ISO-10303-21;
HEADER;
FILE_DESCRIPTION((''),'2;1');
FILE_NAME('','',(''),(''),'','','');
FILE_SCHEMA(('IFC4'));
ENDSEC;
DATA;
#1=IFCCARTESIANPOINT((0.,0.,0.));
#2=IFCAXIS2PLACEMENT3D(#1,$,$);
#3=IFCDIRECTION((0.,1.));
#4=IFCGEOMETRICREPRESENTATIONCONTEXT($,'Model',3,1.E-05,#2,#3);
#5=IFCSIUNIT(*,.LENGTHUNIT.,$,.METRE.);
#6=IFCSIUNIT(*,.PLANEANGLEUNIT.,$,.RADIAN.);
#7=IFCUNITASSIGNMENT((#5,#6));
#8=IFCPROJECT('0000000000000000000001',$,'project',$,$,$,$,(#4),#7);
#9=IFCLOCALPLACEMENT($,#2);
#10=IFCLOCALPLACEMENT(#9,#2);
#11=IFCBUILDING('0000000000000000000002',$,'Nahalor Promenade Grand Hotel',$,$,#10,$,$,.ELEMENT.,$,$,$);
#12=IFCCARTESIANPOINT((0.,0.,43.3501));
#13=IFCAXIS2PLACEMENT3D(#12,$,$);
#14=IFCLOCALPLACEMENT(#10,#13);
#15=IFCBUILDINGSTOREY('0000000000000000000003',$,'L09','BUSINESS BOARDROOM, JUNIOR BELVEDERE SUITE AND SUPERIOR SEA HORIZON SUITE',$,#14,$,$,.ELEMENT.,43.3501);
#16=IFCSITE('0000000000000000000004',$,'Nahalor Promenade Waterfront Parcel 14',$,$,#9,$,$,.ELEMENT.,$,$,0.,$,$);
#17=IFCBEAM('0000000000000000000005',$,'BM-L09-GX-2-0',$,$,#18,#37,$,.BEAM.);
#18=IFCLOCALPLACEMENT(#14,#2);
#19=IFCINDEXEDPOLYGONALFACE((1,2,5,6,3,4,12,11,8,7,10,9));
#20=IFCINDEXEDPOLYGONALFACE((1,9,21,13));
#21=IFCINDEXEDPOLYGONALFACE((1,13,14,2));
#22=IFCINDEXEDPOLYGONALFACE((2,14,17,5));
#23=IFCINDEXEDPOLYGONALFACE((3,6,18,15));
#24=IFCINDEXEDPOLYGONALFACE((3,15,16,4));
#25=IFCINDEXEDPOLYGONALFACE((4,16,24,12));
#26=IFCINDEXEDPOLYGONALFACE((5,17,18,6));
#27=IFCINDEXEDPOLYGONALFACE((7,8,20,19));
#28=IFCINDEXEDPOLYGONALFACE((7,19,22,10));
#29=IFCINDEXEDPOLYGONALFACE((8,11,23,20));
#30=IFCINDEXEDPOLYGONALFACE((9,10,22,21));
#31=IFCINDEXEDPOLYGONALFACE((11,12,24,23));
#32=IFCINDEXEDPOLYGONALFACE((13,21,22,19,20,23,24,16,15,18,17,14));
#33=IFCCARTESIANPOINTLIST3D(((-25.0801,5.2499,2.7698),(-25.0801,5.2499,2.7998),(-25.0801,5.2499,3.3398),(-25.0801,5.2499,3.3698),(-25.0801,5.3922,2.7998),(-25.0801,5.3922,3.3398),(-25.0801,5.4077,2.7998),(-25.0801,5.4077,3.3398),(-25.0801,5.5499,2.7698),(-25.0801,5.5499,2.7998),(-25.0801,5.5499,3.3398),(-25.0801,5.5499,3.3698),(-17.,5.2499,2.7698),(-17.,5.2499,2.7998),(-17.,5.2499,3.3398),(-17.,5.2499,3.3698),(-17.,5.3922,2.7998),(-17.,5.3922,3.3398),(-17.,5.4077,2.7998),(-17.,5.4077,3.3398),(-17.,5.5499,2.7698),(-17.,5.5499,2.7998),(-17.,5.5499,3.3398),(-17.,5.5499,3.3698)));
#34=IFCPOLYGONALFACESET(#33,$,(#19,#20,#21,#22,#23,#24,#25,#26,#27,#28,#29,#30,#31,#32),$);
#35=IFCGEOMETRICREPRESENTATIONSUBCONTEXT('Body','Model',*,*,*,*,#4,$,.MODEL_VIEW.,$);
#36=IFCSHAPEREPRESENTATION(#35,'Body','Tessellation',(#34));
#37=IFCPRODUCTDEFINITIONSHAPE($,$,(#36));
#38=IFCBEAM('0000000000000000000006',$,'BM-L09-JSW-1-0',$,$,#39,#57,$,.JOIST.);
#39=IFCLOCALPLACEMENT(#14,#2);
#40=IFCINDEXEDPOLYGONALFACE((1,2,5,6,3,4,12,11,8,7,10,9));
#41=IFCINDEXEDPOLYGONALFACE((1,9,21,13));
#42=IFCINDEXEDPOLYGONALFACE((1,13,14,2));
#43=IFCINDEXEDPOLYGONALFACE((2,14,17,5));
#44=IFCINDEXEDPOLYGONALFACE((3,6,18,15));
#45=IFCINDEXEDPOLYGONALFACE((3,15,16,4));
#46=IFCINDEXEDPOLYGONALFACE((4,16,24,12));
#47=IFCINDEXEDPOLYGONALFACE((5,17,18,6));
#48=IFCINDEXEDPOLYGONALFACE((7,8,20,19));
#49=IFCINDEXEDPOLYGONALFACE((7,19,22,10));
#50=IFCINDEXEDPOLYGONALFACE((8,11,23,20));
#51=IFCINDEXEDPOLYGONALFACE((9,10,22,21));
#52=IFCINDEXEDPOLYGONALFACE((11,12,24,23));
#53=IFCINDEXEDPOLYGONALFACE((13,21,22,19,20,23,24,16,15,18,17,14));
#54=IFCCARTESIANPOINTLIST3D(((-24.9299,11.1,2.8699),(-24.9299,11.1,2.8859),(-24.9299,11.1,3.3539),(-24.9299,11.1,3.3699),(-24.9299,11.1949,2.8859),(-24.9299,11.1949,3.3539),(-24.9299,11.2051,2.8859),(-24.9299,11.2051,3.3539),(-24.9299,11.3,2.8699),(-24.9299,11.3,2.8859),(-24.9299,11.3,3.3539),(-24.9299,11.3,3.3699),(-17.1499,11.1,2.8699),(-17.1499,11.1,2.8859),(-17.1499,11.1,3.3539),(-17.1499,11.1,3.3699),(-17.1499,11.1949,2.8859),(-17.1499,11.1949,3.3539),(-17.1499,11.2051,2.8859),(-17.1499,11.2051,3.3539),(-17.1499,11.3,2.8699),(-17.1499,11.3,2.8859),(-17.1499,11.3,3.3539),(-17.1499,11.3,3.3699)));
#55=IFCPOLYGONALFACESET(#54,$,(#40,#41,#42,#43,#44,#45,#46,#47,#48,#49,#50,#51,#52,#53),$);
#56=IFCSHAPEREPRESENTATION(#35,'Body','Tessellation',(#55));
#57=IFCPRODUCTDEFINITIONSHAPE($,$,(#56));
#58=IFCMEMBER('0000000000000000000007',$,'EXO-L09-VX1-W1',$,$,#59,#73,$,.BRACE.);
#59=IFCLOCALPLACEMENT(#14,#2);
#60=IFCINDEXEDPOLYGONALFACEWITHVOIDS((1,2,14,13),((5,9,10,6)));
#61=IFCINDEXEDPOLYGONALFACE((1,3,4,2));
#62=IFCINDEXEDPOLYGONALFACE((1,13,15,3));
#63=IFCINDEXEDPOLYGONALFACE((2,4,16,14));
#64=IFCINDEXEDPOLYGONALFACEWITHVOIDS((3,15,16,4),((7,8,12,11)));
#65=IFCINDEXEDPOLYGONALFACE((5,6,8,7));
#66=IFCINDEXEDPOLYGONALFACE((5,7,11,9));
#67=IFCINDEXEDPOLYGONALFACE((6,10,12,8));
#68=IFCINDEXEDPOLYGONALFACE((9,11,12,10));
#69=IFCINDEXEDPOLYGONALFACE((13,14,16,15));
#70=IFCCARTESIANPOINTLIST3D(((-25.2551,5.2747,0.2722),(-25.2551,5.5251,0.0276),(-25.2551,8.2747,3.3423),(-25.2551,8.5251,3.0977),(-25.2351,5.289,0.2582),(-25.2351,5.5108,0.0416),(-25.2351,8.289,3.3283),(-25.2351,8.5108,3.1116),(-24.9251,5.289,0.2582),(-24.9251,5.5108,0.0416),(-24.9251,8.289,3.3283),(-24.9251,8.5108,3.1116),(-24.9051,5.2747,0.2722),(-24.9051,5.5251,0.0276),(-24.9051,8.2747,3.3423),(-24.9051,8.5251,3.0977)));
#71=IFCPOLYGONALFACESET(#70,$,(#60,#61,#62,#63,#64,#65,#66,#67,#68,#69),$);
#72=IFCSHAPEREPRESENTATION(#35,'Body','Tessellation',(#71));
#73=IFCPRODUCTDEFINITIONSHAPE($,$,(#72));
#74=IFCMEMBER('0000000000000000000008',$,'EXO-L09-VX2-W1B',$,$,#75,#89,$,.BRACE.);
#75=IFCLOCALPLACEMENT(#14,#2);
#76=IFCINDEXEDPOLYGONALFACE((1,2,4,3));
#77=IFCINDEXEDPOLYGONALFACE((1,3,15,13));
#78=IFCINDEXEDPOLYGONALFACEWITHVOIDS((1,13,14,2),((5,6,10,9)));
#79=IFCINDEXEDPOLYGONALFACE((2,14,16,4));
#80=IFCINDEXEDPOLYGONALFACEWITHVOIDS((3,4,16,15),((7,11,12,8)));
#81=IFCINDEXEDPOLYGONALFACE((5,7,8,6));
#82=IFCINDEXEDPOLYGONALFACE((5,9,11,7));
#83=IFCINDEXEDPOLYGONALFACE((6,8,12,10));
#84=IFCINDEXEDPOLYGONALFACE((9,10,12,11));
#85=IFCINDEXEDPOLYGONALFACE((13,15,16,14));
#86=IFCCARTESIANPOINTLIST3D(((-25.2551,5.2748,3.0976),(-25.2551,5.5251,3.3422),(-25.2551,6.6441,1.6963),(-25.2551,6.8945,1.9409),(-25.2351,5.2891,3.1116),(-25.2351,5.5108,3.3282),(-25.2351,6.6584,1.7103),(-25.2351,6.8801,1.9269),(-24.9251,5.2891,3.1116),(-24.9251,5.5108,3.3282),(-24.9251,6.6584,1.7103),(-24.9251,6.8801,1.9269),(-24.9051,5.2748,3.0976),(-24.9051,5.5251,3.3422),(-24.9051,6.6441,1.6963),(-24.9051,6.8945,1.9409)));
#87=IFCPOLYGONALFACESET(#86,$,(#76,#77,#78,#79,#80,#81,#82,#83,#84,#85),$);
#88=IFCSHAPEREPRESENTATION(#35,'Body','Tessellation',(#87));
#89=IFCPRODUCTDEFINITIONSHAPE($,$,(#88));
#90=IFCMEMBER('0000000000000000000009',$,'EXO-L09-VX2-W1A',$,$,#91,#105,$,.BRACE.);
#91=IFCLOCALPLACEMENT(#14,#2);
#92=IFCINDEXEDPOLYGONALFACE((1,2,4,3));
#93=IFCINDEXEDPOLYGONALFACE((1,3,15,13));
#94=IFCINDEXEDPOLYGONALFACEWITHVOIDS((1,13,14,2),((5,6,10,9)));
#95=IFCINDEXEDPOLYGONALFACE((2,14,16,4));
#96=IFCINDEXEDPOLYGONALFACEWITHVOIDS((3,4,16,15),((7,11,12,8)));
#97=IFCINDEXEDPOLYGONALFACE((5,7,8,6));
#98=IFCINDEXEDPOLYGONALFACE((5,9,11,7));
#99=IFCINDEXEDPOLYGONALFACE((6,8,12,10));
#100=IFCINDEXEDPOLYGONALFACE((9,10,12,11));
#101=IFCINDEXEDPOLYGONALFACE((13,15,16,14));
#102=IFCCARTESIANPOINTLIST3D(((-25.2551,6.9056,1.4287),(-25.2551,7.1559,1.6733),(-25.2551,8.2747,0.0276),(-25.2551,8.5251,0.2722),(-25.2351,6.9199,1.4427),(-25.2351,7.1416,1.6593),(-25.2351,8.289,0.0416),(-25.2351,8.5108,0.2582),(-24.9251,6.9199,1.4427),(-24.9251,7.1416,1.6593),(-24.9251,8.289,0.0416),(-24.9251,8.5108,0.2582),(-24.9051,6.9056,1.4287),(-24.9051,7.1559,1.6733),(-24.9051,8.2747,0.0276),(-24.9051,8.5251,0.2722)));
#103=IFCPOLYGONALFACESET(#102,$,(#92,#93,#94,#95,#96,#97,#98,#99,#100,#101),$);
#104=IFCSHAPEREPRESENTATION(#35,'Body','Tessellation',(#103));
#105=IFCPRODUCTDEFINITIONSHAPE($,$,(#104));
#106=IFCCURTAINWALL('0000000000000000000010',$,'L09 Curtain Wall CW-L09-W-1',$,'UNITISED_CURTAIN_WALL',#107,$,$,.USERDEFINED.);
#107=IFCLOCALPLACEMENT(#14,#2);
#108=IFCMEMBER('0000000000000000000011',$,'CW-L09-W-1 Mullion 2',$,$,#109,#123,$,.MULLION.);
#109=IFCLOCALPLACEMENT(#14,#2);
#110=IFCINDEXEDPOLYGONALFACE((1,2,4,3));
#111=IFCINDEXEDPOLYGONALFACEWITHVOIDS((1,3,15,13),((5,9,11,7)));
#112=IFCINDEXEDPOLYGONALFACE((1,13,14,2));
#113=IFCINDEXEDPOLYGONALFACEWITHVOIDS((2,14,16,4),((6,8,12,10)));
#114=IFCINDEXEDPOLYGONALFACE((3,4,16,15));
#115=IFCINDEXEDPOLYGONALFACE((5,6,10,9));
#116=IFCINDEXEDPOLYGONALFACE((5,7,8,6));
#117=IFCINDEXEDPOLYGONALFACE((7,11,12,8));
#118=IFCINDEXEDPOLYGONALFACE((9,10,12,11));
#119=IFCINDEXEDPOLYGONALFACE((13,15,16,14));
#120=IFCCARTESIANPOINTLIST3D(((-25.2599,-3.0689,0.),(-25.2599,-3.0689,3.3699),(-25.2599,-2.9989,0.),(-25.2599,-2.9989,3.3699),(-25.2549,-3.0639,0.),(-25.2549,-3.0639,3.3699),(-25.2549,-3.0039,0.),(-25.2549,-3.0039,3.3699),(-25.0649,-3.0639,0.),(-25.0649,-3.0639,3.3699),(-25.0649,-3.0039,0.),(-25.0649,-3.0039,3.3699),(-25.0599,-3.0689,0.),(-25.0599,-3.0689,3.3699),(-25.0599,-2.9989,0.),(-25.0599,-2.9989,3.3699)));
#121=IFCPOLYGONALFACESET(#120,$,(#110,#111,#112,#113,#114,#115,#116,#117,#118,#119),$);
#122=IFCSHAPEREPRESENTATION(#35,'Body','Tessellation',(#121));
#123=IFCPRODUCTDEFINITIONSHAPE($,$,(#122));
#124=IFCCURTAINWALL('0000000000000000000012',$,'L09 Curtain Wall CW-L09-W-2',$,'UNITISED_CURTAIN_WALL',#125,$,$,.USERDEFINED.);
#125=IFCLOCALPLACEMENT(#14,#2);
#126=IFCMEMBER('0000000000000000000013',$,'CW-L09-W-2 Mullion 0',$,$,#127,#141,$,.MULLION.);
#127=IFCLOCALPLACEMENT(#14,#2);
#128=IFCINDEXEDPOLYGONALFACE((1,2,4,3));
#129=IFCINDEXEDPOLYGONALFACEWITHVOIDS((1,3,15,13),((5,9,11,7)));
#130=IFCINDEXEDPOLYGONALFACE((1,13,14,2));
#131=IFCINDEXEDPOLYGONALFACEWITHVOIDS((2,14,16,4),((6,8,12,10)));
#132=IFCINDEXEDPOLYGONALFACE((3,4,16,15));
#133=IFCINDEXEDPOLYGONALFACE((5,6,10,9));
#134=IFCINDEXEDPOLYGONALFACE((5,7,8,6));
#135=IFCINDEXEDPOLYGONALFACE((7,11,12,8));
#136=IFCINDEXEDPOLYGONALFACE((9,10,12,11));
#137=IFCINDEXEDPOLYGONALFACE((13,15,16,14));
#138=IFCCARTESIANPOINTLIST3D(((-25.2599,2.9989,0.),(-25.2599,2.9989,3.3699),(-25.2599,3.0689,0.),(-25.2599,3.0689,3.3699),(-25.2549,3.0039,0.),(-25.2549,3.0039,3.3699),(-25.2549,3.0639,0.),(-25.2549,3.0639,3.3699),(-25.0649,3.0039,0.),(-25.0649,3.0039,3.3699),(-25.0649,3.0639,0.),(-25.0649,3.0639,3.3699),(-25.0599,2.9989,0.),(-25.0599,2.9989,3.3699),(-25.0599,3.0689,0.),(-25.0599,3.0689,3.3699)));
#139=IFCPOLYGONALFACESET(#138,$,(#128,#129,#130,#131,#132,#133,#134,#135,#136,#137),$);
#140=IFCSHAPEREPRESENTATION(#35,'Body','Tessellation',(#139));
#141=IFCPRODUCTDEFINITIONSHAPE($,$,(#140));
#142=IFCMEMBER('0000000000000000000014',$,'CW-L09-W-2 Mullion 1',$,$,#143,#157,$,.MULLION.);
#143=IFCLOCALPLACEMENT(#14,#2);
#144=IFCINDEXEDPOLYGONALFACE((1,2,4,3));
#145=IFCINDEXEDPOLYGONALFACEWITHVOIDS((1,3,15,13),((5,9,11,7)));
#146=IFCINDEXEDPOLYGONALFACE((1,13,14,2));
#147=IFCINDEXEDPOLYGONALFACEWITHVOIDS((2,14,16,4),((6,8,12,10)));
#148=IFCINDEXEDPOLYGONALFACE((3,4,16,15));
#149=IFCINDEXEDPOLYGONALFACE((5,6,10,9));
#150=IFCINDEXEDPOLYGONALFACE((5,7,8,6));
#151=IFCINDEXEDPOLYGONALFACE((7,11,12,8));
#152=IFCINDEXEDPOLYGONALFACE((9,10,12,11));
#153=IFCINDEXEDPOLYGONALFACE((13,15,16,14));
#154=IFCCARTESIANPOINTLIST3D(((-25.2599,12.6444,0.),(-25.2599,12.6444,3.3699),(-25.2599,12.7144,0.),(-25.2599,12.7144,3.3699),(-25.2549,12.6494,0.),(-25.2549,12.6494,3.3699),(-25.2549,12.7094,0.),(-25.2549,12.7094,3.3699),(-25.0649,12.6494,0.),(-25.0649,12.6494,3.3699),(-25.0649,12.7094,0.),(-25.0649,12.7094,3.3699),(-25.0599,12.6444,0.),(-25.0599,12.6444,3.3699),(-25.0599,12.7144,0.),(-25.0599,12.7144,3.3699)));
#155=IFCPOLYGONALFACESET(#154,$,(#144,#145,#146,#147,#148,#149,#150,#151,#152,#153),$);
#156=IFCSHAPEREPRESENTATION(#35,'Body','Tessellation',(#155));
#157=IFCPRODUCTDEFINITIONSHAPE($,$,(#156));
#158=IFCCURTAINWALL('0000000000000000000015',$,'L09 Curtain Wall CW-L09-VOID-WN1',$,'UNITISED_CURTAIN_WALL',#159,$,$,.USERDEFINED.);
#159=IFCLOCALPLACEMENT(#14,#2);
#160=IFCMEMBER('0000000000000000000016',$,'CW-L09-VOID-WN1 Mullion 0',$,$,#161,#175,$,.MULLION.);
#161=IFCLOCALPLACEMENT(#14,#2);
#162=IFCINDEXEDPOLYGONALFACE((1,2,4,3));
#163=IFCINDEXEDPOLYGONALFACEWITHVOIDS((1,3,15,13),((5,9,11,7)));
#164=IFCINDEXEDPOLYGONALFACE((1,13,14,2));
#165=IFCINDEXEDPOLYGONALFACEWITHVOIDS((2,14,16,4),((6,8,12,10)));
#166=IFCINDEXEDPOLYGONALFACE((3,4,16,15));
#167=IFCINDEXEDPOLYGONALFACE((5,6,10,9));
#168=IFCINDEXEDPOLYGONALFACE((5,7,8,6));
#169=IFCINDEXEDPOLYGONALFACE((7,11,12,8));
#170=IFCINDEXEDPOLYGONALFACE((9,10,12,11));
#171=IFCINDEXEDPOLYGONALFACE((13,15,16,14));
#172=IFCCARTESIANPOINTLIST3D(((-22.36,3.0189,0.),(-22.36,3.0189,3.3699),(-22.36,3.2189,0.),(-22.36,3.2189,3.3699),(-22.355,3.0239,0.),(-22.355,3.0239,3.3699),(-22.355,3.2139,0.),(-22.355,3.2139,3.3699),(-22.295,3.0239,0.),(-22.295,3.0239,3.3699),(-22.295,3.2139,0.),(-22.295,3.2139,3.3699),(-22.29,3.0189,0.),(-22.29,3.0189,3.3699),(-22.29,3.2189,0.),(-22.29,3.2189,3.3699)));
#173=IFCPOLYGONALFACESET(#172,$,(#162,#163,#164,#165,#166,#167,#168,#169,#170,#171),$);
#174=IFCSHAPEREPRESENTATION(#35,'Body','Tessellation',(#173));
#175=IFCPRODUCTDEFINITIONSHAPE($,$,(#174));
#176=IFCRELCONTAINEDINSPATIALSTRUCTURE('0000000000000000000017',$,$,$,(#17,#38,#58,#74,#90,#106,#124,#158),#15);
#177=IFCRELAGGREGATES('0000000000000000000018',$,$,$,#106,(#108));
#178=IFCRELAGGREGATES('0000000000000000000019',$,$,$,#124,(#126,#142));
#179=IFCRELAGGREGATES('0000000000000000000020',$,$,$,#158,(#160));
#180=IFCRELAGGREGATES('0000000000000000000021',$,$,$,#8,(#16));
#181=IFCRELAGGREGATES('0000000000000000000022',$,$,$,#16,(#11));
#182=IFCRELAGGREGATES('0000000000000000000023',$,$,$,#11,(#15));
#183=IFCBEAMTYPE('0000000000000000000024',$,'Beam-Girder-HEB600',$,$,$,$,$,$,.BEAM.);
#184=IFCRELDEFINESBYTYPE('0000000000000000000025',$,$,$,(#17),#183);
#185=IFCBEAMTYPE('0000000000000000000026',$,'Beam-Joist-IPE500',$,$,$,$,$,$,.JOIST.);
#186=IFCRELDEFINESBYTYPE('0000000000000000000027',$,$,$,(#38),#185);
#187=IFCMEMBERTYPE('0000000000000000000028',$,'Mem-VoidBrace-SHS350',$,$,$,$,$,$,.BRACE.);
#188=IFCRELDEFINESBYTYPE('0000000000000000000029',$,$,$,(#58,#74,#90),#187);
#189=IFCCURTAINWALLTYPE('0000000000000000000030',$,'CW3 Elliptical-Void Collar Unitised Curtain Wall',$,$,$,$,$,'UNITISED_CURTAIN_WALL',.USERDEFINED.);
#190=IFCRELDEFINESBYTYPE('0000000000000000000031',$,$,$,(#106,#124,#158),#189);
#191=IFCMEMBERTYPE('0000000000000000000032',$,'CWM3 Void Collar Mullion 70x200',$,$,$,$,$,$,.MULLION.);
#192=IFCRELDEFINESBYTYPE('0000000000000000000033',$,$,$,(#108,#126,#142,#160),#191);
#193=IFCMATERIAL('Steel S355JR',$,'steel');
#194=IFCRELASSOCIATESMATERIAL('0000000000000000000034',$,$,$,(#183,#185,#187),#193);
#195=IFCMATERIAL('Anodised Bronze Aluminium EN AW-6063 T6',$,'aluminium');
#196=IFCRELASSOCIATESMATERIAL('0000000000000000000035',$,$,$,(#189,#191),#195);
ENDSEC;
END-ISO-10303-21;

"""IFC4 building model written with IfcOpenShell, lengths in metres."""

from ifc_helpers import new_model, si_unit, direction, frame, origin, origin_2d, place, context, subcontext, project, spatial, hollow_rectangle, i_section, extrude, source, transform, mapped, material, material_profile, profile_set, type_object, element, aggregate, save


model = new_model("IFC4")

# Units and contexts
model_context = context("Model", 3, precision=1e-05, world=origin(), true_north=direction((0.0, 1.0)))
body_context = subcontext(model_context, "Body", "Model", "MODEL_VIEW")
ifc_project = project(units=[si_unit("LENGTHUNIT", "METRE"), si_unit("PLANEANGLEUNIT", "RADIAN")], contexts=[model_context])

# Site, building, storey
site_placement = place(None, origin())
site = spatial("IfcSite", under=ifc_project, at=site_placement, Name="Nahalor Promenade Waterfront Parcel 14", CompositionType="ELEMENT", RefElevation=0.0)
building_placement = place(site_placement, origin())
building = spatial("IfcBuilding", under=site, at=building_placement, Name="Nahalor Promenade Grand Hotel", CompositionType="ELEMENT")
storey_placement = place(building_placement, frame((0.0, 0.0, 43.3501)))
storey = spatial("IfcBuildingStorey", under=building, at=storey_placement, Name="L09", Description="BUSINESS BOARDROOM, JUNIOR BELVEDERE SUITE AND SUPERIOR SEA HORIZON SUITE", CompositionType="ELEMENT", Elevation=43.3501)

# Beams
ifc_material_1 = material(Name="Steel S355JR", Category="steel")
ifc_material_profile_1 = material_profile(ifc_material_1, i_section(OverallWidth=0.3, OverallDepth=0.6, WebThickness=0.0155, FlangeThickness=0.03, at=origin_2d()), Name="HEB 600")
ifc_profile_set_1 = profile_set([ifc_material_profile_1], Name="Steel S355JR")
beam_type_1 = type_object("IfcBeamType", Name="Beam-Girder-HEB600", PredefinedType="BEAM", material=ifc_profile_set_1)
ifc_material_profile_2 = material_profile(ifc_material_1, i_section(OverallWidth=0.2, OverallDepth=0.5, WebThickness=0.0102, FlangeThickness=0.016, at=origin_2d()), Name="IPE 500")
ifc_profile_set_2 = profile_set([ifc_material_profile_2], Name="Steel S355JR")
beam_type_2 = type_object("IfcBeamType", Name="Beam-Joist-IPE500", PredefinedType="JOIST", material=ifc_profile_set_2)
shared_shape_1 = source(origin(), body_context, "Body", "SweptSolid", [
    extrude(i_section(OverallWidth=0.3, OverallDepth=0.6, WebThickness=0.0155, FlangeThickness=0.03, at=origin_2d()), origin(), (0.0, 0.0, 1.0), 8.0801),
])
beam_1_placement = place(storey_placement, frame((-25.0801, 5.3999, 3.0698), z_axis=(1.0, 0.0, 0.0), x_axis=(0.0, 1.0, 0.0)))
element("IfcBeam", 1, at=beam_1_placement, inside=storey, type_object=beam_type_1, Name="BM-L09-GX-2-0", PredefinedType="BEAM", context=body_context, shape_type="MappedRepresentation", body=[
    mapped(shared_shape_1, transform((0.0, 0.0, 0.0), scale=1.0)),
])
shared_shape_2 = source(origin(), body_context, "Body", "SweptSolid", [
    extrude(i_section(OverallWidth=0.2, OverallDepth=0.5, WebThickness=0.0102, FlangeThickness=0.016, at=origin_2d()), origin(), (0.0, 0.0, 1.0), 7.78),
])
beam_2_placement = place(storey_placement, frame((-24.9299, 11.2, 3.1199), z_axis=(1.0, 0.0, 0.0), x_axis=(0.0, 1.0, 0.0)))
element("IfcBeam", 2, at=beam_2_placement, inside=storey, type_object=beam_type_2, Name="BM-L09-JSW-1-0", PredefinedType="JOIST", context=body_context, shape_type="MappedRepresentation", body=[
    mapped(shared_shape_2, transform((0.0, 0.0, 0.0), scale=1.0)),
])

# Members
ifc_material_profile_3 = material_profile(ifc_material_1, hollow_rectangle(XDim=0.35, YDim=0.35, WallThickness=0.02, at=origin_2d()), Name="SHS 350x350x20")
ifc_profile_set_3 = profile_set([ifc_material_profile_3], Name="Steel S355JR")
member_type_1 = type_object("IfcMemberType", Name="Mem-VoidBrace-SHS350", PredefinedType="BRACE", material=ifc_profile_set_3)
shared_shape_3 = source(origin(), body_context, "Body", "SweptSolid", [
    extrude(hollow_rectangle(XDim=0.35, YDim=0.35, WallThickness=0.02, at=origin_2d()), origin(), (0.0, 0.0, 1.0), 4.2925),
])
member_1_placement = place(storey_placement, frame((-25.0801, 5.3999, 0.1499), z_axis=(0.0, 0.698898, 0.715221), x_axis=(-1.0, 0.0, 0.0)))
element("IfcMember", 3, at=member_1_placement, inside=storey, type_object=member_type_1, Name="EXO-L09-VX1-W1", PredefinedType="BRACE", context=body_context, shape_type="MappedRepresentation", body=[
    mapped(shared_shape_3, transform((0.0, 0.0, 0.0), scale=1.0)),
])
shared_shape_4 = source(origin(), body_context, "Body", "SweptSolid", [
    extrude(hollow_rectangle(XDim=0.35, YDim=0.35, WallThickness=0.02, at=origin_2d()), origin(), (0.0, 0.0, 1.0), 1.9592),
])
member_2_placement = place(storey_placement, frame((-25.0801, 6.7693, 1.8186), z_axis=(0.0, -0.698898, 0.715221), x_axis=(1.0, 0.0, 0.0)))
element("IfcMember", 4, at=member_2_placement, inside=storey, type_object=member_type_1, Name="EXO-L09-VX2-W1B", PredefinedType="BRACE", context=body_context, shape_type="MappedRepresentation", body=[
    mapped(shared_shape_4, transform((0.0, 0.0, 0.0), scale=1.0)),
])
shared_shape_5 = source(origin(), body_context, "Body", "SweptSolid", [
    extrude(hollow_rectangle(XDim=0.35, YDim=0.35, WallThickness=0.02, at=origin_2d()), origin(), (0.0, 0.0, 1.0), 1.959),
])
member_3_placement = place(storey_placement, frame((-25.0801, 8.3999, 0.1499), z_axis=(0.0, -0.698897, 0.715223), x_axis=(1.0, 0.0, 0.0)))
element("IfcMember", 5, at=member_3_placement, inside=storey, type_object=member_type_1, Name="EXO-L09-VX2-W1A", PredefinedType="BRACE", context=body_context, shape_type="MappedRepresentation", body=[
    mapped(shared_shape_5, transform((0.0, 0.0, 0.0), scale=1.0)),
])

# Curtain wall, member
ifc_material_2 = material(Name="Anodised Bronze Aluminium EN AW-6063 T6", Category="aluminium")
curtain_wall_type = type_object("IfcCurtainWallType", Name="CW3 Elliptical-Void Collar Unitised Curtain Wall", ElementType="UNITISED_CURTAIN_WALL", PredefinedType="USERDEFINED", material=ifc_material_2)
curtain_wall_1_placement = place(storey_placement, origin())
curtain_wall_1 = element("IfcCurtainWall", 6, at=curtain_wall_1_placement, inside=storey, type_object=curtain_wall_type, Name="L09 Curtain Wall CW-L09-W-1", ObjectType="UNITISED_CURTAIN_WALL", PredefinedType="USERDEFINED")
ifc_material_profile_4 = material_profile(ifc_material_2, hollow_rectangle(XDim=0.07, YDim=0.2, WallThickness=0.005, at=origin_2d()), Name="CWM 70x200x5")
ifc_profile_set_4 = profile_set([ifc_material_profile_4], Name="Anodised Bronze Aluminium EN AW-6063 T6")
member_type_2 = type_object("IfcMemberType", Name="CWM3 Void Collar Mullion 70x200", PredefinedType="MULLION", material=ifc_profile_set_4)
shared_shape_6 = source(origin(), body_context, "Body", "SweptSolid", [
    extrude(hollow_rectangle(XDim=0.07, YDim=0.2, WallThickness=0.005, at=origin_2d()), origin(), (0.0, 0.0, 1.0), 3.3699),
])
member_4_placement = place(storey_placement, frame((-25.1599, -3.0339, 0.0), z_axis=(0.0, 0.0, 1.0), x_axis=(0.0, 1.0, 0.0)))
member_4 = element("IfcMember", 7, at=member_4_placement, type_object=member_type_2, Name="CW-L09-W-1 Mullion 2", PredefinedType="MULLION", context=body_context, shape_type="MappedRepresentation", body=[
    mapped(shared_shape_6, transform((0.0, 0.0, 0.0), scale=1.0)),
])
aggregate(curtain_wall_1, [member_4])

# Curtain wall, members
curtain_wall_2_placement = place(storey_placement, origin())
curtain_wall_2 = element("IfcCurtainWall", 8, at=curtain_wall_2_placement, inside=storey, type_object=curtain_wall_type, Name="L09 Curtain Wall CW-L09-W-2", ObjectType="UNITISED_CURTAIN_WALL", PredefinedType="USERDEFINED")
member_5_placement = place(storey_placement, frame((-25.1599, 3.0339, 0.0), z_axis=(0.0, 0.0, 1.0), x_axis=(0.0, 1.0, 0.0)))
member_5 = element("IfcMember", 9, at=member_5_placement, type_object=member_type_2, Name="CW-L09-W-2 Mullion 0", PredefinedType="MULLION", context=body_context, shape_type="MappedRepresentation", body=[
    mapped(shared_shape_6, transform((0.0, 0.0, 0.0), scale=1.0)),
])
member_6_placement = place(storey_placement, frame((-25.1599, 12.6794, 0.0), z_axis=(0.0, 0.0, 1.0), x_axis=(0.0, 1.0, 0.0)))
member_6 = element("IfcMember", 10, at=member_6_placement, type_object=member_type_2, Name="CW-L09-W-2 Mullion 1", PredefinedType="MULLION", context=body_context, shape_type="MappedRepresentation", body=[
    mapped(shared_shape_6, transform((0.0, 0.0, 0.0), scale=1.0)),
])

# Curtain wall, member
curtain_wall_3_placement = place(storey_placement, origin())
curtain_wall_3 = element("IfcCurtainWall", 11, at=curtain_wall_3_placement, inside=storey, type_object=curtain_wall_type, Name="L09 Curtain Wall CW-L09-VOID-WN1", ObjectType="UNITISED_CURTAIN_WALL", PredefinedType="USERDEFINED")
member_7_placement = place(storey_placement, frame((-22.325, 3.1189, 0.0), z_axis=(0.0, 0.0, 1.0), x_axis=(1.0, 0.0, 0.0)))
member_7 = element("IfcMember", 12, at=member_7_placement, type_object=member_type_2, Name="CW-L09-VOID-WN1 Mullion 0", PredefinedType="MULLION", context=body_context, shape_type="MappedRepresentation", body=[
    mapped(shared_shape_6, transform((0.0, 0.0, 0.0), scale=1.0)),
])

aggregate(curtain_wall_2, [member_5, member_6])
aggregate(curtain_wall_3, [member_7])

save(model, "model.ifc")
